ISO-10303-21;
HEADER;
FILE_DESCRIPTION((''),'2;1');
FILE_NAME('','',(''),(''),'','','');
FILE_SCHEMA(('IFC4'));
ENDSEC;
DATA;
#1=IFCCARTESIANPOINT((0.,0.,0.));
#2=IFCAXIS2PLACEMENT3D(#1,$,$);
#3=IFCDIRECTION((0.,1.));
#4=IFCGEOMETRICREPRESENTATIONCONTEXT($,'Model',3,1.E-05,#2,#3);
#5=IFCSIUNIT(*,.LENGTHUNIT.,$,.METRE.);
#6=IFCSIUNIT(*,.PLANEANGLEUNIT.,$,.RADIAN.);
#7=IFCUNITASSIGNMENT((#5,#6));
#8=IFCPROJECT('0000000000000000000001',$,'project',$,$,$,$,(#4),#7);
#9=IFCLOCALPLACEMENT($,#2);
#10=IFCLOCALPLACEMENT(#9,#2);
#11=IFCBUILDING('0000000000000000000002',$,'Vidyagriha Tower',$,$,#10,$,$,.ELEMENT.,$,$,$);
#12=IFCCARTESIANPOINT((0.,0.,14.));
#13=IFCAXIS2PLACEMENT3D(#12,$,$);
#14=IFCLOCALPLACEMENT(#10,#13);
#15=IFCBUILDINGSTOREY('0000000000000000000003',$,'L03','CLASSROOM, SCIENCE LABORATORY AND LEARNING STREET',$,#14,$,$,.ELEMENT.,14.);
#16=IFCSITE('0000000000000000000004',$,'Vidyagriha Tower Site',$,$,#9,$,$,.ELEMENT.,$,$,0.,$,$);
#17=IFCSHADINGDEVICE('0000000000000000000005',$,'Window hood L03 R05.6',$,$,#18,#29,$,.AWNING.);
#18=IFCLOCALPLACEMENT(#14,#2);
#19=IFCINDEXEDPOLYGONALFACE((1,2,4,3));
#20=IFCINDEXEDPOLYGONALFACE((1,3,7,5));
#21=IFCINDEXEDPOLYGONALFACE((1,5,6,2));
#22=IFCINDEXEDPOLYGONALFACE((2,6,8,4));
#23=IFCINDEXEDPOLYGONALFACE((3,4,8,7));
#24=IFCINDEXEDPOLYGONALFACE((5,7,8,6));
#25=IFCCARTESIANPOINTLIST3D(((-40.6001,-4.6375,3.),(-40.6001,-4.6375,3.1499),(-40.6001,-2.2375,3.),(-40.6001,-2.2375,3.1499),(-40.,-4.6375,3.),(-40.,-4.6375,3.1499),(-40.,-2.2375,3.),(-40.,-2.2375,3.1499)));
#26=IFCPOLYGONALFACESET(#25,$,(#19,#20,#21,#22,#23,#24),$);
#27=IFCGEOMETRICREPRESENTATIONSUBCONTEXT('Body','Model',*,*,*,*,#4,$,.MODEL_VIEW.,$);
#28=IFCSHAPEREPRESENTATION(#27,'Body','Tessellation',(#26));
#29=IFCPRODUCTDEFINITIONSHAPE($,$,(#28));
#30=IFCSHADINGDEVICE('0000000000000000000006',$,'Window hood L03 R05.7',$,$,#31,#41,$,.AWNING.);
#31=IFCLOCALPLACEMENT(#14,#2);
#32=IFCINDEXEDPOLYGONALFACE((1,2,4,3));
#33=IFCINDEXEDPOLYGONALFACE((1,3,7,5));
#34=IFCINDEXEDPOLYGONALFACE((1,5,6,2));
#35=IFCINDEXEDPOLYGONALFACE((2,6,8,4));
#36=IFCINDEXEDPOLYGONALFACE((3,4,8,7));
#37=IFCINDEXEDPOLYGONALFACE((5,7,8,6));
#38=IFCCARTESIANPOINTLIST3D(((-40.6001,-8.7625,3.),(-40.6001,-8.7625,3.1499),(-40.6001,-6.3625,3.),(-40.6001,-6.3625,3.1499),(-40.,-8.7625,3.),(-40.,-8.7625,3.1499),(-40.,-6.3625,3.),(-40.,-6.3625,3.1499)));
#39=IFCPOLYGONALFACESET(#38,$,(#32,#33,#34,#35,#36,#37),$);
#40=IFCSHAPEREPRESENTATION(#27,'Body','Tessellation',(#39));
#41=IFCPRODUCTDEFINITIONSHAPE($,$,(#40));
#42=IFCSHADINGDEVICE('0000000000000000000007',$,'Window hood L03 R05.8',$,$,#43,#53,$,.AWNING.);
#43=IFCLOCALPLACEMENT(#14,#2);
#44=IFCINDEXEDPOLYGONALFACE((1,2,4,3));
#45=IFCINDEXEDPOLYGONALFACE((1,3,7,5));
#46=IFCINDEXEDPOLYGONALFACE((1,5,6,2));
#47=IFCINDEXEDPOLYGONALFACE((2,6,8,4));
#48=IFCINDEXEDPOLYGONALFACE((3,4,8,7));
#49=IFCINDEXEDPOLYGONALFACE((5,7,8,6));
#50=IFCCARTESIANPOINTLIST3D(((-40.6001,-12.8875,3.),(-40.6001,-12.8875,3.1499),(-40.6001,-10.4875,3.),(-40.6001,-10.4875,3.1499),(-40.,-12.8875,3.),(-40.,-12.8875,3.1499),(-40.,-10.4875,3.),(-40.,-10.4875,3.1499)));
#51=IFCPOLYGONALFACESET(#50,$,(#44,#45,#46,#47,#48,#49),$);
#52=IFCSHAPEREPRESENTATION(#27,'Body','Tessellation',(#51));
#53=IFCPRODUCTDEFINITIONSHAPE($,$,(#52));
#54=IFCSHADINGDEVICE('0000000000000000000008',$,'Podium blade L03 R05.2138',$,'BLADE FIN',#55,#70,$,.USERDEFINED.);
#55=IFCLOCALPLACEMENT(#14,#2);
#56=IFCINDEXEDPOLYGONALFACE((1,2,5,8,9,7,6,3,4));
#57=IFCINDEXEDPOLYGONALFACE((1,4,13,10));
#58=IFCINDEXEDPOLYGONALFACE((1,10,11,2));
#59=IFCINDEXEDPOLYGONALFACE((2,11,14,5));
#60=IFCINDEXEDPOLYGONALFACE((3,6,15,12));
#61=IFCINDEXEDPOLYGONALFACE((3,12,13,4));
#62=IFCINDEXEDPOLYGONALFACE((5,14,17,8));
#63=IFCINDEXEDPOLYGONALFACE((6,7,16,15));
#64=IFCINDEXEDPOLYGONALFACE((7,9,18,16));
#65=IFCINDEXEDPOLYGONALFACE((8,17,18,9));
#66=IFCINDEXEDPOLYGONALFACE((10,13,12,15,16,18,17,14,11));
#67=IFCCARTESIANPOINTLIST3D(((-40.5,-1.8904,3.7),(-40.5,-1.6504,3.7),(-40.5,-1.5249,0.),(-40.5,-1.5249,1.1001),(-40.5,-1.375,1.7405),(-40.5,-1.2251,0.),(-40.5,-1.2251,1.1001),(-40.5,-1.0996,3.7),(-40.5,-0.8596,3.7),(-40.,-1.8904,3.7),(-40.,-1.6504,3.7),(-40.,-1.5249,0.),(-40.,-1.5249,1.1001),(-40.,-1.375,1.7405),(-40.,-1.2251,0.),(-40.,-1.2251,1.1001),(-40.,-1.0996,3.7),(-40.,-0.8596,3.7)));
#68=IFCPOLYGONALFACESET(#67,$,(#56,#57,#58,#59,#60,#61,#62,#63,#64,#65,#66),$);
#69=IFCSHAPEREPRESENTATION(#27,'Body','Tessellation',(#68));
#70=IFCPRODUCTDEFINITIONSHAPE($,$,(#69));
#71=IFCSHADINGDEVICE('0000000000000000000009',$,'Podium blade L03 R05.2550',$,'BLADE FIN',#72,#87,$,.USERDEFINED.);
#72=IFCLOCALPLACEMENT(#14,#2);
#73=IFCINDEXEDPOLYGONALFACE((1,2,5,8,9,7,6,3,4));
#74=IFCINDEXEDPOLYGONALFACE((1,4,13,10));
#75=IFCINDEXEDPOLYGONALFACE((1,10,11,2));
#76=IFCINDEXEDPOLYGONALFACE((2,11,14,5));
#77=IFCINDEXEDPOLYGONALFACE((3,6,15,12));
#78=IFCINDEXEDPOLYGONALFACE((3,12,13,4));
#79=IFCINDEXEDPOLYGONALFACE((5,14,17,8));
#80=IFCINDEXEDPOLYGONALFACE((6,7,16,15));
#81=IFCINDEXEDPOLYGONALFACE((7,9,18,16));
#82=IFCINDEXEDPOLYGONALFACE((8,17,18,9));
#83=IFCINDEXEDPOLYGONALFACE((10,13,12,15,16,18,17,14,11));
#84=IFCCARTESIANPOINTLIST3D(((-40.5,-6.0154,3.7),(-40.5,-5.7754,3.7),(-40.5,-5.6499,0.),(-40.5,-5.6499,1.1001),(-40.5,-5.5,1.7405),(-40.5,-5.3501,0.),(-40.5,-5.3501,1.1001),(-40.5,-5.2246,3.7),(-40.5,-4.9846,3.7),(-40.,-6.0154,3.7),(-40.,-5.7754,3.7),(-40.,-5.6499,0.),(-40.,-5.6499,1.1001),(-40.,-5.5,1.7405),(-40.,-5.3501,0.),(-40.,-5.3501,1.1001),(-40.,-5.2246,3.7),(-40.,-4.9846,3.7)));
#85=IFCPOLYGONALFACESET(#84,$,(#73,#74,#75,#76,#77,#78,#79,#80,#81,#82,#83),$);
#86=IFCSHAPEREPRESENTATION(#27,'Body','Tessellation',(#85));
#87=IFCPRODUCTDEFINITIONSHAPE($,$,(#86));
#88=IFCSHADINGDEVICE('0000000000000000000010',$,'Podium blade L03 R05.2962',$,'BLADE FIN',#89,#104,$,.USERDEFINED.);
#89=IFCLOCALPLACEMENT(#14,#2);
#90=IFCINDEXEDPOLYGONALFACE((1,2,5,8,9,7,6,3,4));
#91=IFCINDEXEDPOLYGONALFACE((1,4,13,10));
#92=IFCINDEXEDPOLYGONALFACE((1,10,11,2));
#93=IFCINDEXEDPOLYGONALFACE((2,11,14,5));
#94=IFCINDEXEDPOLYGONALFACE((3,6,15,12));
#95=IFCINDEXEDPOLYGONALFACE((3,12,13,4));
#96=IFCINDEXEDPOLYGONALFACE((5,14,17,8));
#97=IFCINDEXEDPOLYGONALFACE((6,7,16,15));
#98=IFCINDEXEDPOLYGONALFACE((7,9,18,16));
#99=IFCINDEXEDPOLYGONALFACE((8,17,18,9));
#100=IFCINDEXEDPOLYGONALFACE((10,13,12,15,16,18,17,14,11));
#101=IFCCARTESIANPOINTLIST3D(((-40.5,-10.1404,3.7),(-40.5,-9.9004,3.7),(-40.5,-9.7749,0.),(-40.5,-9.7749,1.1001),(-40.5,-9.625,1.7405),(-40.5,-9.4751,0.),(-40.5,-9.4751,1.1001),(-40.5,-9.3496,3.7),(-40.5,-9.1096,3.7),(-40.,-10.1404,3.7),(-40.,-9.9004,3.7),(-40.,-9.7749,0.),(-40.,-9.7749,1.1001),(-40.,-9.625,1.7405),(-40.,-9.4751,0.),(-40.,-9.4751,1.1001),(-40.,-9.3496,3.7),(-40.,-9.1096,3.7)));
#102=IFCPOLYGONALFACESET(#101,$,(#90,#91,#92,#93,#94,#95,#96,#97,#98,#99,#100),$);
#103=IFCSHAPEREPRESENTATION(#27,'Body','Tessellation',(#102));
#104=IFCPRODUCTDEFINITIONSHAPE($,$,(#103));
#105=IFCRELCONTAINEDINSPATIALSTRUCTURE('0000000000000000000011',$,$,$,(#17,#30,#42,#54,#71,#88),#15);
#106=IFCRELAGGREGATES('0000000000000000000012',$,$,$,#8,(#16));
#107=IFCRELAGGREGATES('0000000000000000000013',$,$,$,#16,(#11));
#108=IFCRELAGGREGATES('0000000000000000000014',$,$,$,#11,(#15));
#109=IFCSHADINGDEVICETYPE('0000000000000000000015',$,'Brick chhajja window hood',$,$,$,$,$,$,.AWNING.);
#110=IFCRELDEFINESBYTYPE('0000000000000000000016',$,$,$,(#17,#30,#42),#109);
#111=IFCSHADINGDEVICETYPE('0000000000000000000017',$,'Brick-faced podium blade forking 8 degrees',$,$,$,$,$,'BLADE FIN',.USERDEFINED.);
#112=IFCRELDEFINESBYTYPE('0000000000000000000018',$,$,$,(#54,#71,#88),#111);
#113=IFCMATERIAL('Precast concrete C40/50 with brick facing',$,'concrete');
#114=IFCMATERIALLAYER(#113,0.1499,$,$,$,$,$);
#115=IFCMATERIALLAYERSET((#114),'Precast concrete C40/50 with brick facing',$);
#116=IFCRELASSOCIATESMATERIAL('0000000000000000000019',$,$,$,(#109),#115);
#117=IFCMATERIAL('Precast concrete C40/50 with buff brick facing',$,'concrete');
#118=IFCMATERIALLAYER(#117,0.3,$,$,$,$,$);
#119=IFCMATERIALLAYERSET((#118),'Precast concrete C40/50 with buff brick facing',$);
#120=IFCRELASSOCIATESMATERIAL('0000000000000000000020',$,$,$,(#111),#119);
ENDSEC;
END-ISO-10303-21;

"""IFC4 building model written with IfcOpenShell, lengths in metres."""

from ifc_helpers import new_model, si_unit, direction, frame, origin, origin_2d, place, context, subcontext, project, spatial, polyline, rectangle, outline, extrude, material, layer, layer_set, type_object, element, save


model = new_model("IFC4")

# Units and contexts
model_context = context("Model", 3, precision=1e-05, world=origin(), true_north=direction((0.0, 1.0)))
body_context = subcontext(model_context, "Body", "Model", "MODEL_VIEW")
ifc_project = project(units=[si_unit("LENGTHUNIT", "METRE"), si_unit("PLANEANGLEUNIT", "RADIAN")], contexts=[model_context])

# Site, building, storey
site_placement = place(None, origin())
site = spatial("IfcSite", under=ifc_project, at=site_placement, Name="Vidyagriha Tower Site", CompositionType="ELEMENT", RefElevation=0.0)
building_placement = place(site_placement, origin())
building = spatial("IfcBuilding", under=site, at=building_placement, Name="Vidyagriha Tower", CompositionType="ELEMENT")
storey_placement = place(building_placement, frame((0.0, 0.0, 14.0)))
storey = spatial("IfcBuildingStorey", under=building, at=storey_placement, Name="L03", Description="CLASSROOM, SCIENCE LABORATORY AND LEARNING STREET", CompositionType="ELEMENT", Elevation=14.0)

# Shading devices
ifc_material_1 = material(Name="Precast concrete C40/50 with brick facing", Category="concrete")
ifc_layer_1 = layer(ifc_material_1, 0.1499)
ifc_layer_set_1 = layer_set([ifc_layer_1], Name="Precast concrete C40/50 with brick facing")
shading_device_type_1 = type_object("IfcShadingDeviceType", Name="Brick chhajja window hood", PredefinedType="AWNING", material=ifc_layer_set_1)
for number, where, z_axis, x_axis, name in (
    (1, (-40.3, -3.4375, 3.0), (0.0, 0.0, 1.0), (0.0, -1.0, 0.0), "Window hood L03 R05.6"),
    (2, (-40.3, -7.5625, 3.0), (0.0, 0.0, 1.0), (0.0, -1.0, 0.0), "Window hood L03 R05.7"),
    (3, (-40.3, -11.6875, 3.0), (0.0, 0.0, 1.0), (0.0, -1.0, 0.0), "Window hood L03 R05.8"),
):
    element("IfcShadingDevice", number, at=place(storey_placement, frame(where, z_axis=z_axis, x_axis=x_axis)), inside=storey, type_object=shading_device_type_1, Name=name, PredefinedType="AWNING", context=body_context, shape_type="SweptSolid", body=[
        extrude(rectangle(XDim=2.3999, YDim=0.6001, at=origin_2d()), origin(), (0.0, 0.0, 1.0), 0.1499),
    ])
ifc_material_2 = material(Name="Precast concrete C40/50 with buff brick facing", Category="concrete")
ifc_layer_2 = layer(ifc_material_2, 0.3)
ifc_layer_set_2 = layer_set([ifc_layer_2], Name="Precast concrete C40/50 with buff brick facing")
shading_device_type_2 = type_object("IfcShadingDeviceType", Name="Brick-faced podium blade forking 8 degrees", ElementType="BLADE FIN", PredefinedType="USERDEFINED", material=ifc_layer_set_2)
for number, where, z_axis, x_axis, name in (
    (4, (-40.25, -0.8596, 0.0), (0.0, 0.0, 1.0), (0.0, -1.0, 0.0), "Podium blade L03 R05.2138"),
    (5, (-40.25, -4.9846, 0.0), (0.0, 0.0, 1.0), (0.0, -1.0, 0.0), "Podium blade L03 R05.2550"),
    (6, (-40.25, -9.1096, 0.0), (0.0, 0.0, 1.0), (0.0, -1.0, 0.0), "Podium blade L03 R05.2962"),
):
    element("IfcShadingDevice", number, at=place(storey_placement, frame(where, z_axis=z_axis, x_axis=x_axis)), inside=storey, type_object=shading_device_type_2, Name=name, ObjectType="BLADE FIN", PredefinedType="USERDEFINED", context=body_context, shape_type="SweptSolid", body=[
        extrude(outline(polyline([(0.6653, 0.0), (0.6653, 1.1001), (1.0308, 3.7), (0.7908, 3.7), (0.5154, 1.7405), (0.24, 3.7), (0.0, 3.7), (0.3655, 1.1001), (0.3655, 0.0), (0.6653, 0.0)])), frame((0.0, 0.25, 0.0), z_axis=(0.0, -1.0, 0.0), x_axis=(1.0, 0.0, 0.0)), (0.0, 0.0, 1.0), 0.5),
    ])

save(model, "model.ifc")
